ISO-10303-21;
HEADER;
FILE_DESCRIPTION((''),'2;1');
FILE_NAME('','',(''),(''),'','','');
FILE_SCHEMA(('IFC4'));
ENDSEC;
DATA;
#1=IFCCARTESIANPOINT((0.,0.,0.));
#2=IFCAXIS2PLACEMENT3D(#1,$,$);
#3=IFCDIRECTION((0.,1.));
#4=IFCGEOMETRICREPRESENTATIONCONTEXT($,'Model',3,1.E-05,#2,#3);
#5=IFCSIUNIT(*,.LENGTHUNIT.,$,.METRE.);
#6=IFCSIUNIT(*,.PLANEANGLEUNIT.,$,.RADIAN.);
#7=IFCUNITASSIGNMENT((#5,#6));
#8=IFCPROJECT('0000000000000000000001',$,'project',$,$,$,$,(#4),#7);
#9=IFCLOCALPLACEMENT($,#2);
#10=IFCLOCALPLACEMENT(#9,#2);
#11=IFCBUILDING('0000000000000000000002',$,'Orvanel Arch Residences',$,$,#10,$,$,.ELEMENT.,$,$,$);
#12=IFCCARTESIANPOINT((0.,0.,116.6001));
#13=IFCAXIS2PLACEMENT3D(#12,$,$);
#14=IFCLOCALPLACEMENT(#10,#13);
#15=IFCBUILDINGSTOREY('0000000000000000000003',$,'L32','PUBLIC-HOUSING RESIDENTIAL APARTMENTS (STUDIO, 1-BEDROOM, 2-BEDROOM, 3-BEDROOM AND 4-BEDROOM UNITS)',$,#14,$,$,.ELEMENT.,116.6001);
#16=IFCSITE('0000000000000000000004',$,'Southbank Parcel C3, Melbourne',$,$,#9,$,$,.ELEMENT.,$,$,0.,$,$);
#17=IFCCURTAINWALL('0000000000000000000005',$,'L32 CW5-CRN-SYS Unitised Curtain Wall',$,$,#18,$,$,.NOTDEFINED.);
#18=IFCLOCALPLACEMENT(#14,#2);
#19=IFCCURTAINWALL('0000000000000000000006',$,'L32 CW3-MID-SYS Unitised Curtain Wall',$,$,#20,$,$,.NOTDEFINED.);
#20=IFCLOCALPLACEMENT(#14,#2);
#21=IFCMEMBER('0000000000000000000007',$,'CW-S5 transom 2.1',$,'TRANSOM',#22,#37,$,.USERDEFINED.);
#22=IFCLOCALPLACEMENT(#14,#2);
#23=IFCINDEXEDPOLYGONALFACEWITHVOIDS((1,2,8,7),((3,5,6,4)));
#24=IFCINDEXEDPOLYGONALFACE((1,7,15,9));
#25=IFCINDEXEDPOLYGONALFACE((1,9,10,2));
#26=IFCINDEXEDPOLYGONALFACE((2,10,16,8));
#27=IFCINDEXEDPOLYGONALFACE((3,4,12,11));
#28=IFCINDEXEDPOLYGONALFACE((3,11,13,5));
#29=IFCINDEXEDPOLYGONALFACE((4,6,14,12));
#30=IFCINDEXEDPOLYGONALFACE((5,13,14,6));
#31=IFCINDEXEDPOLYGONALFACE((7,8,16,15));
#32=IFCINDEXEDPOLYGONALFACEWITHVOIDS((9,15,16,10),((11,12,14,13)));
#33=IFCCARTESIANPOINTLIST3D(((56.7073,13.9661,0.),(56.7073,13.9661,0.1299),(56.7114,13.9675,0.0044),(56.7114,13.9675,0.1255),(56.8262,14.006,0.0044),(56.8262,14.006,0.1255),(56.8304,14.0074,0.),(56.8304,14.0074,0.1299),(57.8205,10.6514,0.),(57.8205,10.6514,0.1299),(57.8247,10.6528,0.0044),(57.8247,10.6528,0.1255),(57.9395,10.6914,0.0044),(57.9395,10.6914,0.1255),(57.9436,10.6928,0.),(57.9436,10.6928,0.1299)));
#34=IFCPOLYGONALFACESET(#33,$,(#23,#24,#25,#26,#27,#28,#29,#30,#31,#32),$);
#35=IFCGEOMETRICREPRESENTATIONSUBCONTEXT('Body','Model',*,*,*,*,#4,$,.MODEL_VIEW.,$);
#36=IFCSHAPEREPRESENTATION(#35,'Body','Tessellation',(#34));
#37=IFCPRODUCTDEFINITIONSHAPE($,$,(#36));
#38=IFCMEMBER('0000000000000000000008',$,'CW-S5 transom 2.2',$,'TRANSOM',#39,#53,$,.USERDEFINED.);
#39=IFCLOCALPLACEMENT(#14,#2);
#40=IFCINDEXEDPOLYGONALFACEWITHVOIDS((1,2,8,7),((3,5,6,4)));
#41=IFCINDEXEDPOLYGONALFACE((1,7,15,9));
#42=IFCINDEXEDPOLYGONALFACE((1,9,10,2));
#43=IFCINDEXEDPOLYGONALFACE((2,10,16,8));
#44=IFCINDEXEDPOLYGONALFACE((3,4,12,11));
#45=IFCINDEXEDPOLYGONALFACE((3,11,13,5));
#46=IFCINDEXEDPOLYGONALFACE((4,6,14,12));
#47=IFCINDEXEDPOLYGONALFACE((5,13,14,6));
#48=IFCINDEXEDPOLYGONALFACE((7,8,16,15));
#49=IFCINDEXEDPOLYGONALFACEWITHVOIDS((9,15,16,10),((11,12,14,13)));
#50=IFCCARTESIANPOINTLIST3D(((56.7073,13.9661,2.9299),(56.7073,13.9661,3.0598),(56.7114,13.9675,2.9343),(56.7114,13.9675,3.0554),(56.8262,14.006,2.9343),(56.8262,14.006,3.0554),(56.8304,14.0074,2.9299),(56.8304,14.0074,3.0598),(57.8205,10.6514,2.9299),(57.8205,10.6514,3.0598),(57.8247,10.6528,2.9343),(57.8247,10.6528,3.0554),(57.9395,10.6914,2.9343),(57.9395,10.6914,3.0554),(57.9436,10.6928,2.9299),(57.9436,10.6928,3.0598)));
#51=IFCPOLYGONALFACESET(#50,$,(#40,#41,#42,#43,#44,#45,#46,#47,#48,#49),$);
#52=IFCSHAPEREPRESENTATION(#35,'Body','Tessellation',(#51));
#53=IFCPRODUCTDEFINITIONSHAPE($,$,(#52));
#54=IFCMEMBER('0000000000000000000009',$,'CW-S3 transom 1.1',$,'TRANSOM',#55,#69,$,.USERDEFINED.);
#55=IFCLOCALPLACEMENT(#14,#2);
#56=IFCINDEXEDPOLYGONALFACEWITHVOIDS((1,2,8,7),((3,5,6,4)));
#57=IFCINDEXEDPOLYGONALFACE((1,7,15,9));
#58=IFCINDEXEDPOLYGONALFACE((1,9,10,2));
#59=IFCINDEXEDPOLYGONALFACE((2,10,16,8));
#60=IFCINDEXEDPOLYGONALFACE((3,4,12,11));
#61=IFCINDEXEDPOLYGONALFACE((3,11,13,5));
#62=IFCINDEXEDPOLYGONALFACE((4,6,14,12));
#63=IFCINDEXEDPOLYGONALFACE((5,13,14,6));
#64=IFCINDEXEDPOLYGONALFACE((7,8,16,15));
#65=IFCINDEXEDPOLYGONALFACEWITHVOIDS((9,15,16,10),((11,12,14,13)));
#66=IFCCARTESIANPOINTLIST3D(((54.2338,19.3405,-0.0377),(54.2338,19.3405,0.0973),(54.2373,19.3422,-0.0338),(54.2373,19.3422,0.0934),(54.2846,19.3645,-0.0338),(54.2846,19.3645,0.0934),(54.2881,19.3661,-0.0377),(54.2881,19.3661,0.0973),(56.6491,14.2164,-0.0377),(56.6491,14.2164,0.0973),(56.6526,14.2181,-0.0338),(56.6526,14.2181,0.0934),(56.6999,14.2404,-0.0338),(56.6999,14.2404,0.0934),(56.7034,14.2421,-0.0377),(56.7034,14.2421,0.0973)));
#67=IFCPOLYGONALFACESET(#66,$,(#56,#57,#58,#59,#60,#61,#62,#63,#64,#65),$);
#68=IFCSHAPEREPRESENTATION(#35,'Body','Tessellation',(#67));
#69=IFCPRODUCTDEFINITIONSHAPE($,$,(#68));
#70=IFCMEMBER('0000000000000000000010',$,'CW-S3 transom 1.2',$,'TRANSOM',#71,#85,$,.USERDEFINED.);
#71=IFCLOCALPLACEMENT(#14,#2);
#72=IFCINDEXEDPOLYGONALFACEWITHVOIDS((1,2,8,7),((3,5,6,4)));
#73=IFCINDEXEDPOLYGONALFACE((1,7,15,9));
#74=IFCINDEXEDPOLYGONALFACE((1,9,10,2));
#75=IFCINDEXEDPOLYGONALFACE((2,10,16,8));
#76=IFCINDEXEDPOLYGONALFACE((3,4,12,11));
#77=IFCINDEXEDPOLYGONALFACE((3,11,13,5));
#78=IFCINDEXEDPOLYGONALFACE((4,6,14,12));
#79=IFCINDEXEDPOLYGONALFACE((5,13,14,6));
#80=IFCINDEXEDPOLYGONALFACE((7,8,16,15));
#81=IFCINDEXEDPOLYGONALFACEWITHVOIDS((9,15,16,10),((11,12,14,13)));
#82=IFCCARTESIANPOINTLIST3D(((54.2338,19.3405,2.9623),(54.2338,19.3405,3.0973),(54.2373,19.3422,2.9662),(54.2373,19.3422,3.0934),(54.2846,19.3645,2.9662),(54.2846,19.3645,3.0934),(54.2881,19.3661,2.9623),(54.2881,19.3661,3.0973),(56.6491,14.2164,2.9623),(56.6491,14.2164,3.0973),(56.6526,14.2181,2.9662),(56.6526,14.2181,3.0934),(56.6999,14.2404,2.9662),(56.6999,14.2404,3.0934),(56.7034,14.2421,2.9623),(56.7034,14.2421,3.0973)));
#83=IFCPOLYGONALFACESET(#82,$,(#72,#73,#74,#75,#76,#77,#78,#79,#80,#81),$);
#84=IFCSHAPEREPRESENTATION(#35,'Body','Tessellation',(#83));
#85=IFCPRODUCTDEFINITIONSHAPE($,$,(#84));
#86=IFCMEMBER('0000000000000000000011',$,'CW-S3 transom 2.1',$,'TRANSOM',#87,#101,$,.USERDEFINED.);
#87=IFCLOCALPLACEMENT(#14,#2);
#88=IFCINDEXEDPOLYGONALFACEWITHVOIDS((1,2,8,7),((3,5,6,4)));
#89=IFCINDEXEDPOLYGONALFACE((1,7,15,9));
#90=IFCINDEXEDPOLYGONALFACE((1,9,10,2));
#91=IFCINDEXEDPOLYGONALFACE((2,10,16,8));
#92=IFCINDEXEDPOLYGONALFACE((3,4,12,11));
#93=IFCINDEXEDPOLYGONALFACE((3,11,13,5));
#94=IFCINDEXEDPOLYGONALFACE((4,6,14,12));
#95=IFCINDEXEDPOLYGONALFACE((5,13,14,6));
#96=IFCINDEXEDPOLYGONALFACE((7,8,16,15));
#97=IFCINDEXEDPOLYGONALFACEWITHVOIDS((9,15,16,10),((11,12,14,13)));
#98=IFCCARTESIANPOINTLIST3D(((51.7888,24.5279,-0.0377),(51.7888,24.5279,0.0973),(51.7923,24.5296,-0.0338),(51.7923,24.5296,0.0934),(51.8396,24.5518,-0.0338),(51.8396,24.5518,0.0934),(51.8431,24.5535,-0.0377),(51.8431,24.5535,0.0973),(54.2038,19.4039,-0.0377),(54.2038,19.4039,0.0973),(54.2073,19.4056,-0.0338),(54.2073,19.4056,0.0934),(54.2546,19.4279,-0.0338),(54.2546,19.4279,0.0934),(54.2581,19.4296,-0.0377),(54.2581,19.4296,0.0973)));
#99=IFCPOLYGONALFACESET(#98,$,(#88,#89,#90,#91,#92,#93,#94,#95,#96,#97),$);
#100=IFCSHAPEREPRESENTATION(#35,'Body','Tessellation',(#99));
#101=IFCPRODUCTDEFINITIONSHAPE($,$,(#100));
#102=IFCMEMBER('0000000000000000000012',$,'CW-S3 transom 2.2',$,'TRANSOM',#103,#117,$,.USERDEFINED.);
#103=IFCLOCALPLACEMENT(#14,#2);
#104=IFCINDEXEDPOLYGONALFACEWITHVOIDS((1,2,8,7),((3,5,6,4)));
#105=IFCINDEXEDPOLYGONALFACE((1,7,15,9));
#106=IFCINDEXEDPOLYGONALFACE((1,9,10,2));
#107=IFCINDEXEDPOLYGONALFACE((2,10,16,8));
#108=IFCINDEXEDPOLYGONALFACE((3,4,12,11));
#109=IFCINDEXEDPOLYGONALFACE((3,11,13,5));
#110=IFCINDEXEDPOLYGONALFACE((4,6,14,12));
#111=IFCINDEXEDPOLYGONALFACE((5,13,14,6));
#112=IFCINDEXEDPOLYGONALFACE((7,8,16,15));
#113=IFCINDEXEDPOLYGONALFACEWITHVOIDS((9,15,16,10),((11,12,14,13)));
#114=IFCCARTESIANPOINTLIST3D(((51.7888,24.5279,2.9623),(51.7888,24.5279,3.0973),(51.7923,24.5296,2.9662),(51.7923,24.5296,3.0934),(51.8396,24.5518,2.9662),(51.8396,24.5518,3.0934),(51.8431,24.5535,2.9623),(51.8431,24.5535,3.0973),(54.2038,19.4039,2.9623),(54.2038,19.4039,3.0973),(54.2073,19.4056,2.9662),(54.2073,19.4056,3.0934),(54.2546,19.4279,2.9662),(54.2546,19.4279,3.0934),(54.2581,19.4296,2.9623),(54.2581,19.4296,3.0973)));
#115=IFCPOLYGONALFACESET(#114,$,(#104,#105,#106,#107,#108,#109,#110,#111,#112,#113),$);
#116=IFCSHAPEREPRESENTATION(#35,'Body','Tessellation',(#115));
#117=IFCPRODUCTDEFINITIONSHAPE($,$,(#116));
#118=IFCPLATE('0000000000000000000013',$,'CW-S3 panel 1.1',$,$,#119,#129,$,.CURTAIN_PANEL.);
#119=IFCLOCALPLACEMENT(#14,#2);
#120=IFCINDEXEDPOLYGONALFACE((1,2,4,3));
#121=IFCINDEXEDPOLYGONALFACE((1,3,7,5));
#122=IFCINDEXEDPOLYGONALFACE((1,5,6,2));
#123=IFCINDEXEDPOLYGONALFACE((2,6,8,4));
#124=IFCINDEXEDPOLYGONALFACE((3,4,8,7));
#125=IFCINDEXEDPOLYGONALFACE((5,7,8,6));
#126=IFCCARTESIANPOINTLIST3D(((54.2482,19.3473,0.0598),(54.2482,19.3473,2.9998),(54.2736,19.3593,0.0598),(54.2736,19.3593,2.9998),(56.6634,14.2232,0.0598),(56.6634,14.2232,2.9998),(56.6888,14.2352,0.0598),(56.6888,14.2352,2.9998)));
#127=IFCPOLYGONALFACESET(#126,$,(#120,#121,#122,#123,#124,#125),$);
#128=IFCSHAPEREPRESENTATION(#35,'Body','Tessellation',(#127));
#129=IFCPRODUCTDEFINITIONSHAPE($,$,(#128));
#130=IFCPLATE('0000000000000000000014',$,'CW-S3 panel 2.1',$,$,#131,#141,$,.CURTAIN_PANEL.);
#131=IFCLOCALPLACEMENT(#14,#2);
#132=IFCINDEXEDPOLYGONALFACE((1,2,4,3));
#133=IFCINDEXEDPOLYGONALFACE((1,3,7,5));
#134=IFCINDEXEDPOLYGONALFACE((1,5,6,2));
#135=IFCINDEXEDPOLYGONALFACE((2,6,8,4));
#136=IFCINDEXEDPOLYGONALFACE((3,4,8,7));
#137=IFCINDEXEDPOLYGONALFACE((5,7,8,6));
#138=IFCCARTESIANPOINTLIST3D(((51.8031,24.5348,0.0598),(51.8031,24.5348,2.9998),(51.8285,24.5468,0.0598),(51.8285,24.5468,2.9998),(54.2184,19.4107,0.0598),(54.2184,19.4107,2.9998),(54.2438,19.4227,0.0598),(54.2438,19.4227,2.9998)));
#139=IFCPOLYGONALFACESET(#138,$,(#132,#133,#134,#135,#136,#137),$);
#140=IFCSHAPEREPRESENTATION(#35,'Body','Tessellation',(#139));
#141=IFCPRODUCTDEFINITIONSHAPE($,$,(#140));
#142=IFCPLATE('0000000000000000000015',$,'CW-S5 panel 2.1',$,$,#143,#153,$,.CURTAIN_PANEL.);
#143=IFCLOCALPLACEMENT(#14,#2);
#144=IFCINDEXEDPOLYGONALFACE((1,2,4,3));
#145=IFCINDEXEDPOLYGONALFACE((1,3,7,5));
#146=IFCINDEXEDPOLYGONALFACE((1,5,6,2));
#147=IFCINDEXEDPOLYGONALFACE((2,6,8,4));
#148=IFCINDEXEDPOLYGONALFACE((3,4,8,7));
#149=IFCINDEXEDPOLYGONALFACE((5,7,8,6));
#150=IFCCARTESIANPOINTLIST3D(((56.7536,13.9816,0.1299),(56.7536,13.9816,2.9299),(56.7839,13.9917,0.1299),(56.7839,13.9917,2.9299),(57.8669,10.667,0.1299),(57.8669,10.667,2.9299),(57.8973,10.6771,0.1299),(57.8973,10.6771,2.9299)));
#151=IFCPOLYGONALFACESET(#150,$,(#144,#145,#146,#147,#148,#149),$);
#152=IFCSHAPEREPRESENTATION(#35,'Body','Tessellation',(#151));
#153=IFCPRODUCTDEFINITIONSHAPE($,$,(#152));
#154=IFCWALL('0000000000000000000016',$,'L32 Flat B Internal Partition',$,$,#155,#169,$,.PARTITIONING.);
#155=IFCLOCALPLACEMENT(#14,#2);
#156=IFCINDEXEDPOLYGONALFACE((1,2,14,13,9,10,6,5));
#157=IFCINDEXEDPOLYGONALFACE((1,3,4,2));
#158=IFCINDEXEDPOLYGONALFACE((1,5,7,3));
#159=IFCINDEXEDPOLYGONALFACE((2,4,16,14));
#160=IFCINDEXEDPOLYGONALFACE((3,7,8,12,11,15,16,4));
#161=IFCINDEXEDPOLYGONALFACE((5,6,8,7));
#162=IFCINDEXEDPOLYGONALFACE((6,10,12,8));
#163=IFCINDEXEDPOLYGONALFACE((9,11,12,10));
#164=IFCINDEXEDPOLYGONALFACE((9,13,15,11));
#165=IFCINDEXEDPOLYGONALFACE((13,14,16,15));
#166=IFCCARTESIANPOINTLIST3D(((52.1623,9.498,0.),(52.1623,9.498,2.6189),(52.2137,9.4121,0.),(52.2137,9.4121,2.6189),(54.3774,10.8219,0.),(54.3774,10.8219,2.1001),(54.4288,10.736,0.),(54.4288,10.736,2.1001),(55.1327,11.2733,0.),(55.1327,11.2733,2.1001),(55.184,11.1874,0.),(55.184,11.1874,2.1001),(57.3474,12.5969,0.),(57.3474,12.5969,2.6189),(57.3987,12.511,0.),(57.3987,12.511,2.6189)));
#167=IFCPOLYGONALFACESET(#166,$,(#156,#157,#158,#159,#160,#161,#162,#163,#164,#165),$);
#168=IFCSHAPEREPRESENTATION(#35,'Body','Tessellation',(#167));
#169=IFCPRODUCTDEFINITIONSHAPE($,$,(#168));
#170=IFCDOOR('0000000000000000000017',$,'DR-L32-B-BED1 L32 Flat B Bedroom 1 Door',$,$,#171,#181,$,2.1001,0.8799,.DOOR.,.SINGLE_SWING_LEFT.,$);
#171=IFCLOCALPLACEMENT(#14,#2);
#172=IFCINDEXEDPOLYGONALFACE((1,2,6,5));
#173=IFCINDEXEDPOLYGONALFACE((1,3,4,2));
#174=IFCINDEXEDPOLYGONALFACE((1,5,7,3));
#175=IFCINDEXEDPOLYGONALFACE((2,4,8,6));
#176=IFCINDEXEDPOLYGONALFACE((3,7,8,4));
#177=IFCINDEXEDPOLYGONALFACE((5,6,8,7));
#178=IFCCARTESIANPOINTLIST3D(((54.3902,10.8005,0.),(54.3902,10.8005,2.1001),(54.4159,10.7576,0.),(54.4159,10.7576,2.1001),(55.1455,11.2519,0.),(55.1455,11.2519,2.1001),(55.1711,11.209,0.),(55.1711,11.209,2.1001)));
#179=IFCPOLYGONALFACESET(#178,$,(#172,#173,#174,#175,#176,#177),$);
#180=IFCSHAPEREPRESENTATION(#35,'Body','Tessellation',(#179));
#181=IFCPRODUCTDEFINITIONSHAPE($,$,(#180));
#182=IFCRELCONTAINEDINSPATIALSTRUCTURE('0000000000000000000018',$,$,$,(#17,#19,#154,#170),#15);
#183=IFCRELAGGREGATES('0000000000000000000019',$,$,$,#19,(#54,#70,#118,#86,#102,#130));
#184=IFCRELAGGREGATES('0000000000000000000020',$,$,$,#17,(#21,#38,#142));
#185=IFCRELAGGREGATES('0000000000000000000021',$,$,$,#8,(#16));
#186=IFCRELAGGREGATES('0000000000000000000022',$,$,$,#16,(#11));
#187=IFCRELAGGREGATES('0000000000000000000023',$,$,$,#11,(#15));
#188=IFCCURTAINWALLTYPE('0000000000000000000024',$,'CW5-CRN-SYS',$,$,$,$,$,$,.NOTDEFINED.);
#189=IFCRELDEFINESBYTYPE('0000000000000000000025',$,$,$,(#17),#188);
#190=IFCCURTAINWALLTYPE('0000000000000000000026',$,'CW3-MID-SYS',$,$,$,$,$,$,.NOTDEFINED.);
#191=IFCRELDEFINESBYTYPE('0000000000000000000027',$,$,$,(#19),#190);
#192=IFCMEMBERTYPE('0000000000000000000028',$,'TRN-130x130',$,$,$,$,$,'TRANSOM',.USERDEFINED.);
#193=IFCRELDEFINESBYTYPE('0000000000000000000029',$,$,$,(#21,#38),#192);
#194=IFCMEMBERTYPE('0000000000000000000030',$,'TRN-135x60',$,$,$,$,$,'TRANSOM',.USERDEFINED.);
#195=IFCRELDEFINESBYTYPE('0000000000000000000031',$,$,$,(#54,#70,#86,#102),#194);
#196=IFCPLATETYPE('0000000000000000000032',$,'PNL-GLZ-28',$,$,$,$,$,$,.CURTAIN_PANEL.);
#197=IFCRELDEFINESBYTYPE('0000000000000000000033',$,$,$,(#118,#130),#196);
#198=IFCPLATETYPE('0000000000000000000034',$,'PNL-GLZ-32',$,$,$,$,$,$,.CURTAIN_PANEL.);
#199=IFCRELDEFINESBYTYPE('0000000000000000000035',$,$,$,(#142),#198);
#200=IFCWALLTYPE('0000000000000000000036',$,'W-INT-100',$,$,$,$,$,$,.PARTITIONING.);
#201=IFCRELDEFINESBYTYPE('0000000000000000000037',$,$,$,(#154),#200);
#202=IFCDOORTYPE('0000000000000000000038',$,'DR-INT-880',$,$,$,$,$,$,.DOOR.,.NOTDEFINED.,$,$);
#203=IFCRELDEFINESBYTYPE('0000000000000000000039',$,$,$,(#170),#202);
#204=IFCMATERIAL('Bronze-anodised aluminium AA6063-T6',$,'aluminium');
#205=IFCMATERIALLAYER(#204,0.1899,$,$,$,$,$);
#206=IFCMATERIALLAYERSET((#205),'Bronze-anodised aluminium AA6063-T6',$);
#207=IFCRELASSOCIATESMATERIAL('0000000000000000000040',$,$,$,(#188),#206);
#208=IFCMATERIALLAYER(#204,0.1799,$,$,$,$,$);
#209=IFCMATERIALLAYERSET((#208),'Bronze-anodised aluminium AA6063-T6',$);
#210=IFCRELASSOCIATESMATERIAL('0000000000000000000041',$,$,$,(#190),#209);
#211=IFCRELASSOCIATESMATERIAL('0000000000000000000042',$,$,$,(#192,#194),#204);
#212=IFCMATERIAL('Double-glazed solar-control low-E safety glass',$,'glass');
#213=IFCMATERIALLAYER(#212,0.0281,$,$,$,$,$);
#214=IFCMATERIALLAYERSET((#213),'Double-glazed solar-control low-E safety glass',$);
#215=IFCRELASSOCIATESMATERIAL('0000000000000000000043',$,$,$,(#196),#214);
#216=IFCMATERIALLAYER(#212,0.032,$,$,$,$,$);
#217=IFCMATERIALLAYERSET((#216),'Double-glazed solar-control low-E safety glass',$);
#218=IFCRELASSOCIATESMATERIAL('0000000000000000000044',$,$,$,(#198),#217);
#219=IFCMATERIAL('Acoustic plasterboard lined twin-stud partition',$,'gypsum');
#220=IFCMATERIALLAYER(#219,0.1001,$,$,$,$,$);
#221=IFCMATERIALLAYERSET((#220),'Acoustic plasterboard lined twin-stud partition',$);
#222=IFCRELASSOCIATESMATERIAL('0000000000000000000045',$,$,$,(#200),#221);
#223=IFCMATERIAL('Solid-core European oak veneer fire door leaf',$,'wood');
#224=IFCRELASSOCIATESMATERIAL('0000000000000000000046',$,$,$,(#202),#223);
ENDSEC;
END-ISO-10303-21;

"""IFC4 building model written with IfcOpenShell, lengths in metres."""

from ifc_helpers import new_model, si_unit, direction, frame, frame_2d, origin, origin_2d, place, context, subcontext, project, spatial, rectangle, hollow_rectangle, extrude, material, layer, layer_set, material_profile, profile_set, type_object, element, fill, aggregate, save


model = new_model("IFC4")

# Units and contexts
model_context = context("Model", 3, precision=1e-05, world=origin(), true_north=direction((0.0, 1.0)))
body_context = subcontext(model_context, "Body", "Model", "MODEL_VIEW")
ifc_project = project(units=[si_unit("LENGTHUNIT", "METRE"), si_unit("PLANEANGLEUNIT", "RADIAN")], contexts=[model_context])

# Site, building, storey
site_placement = place(None, origin())
site = spatial("IfcSite", under=ifc_project, at=site_placement, Name="Southbank Parcel C3, Melbourne", CompositionType="ELEMENT", RefElevation=0.0)
building_placement = place(site_placement, origin())
building = spatial("IfcBuilding", under=site, at=building_placement, Name="Orvanel Arch Residences", CompositionType="ELEMENT")
storey_placement = place(building_placement, frame((0.0, 0.0, 116.6001)))
storey = spatial("IfcBuildingStorey", under=building, at=storey_placement, Name="L32", Description="PUBLIC-HOUSING RESIDENTIAL APARTMENTS (STUDIO, 1-BEDROOM, 2-BEDROOM, 3-BEDROOM AND 4-BEDROOM UNITS)", CompositionType="ELEMENT", Elevation=116.6001)

# Curtain walls
ifc_material_1 = material(Name="Bronze-anodised aluminium AA6063-T6", Category="aluminium")
ifc_layer_1 = layer(ifc_material_1, 0.1899)
ifc_layer_set_1 = layer_set([ifc_layer_1], Name="Bronze-anodised aluminium AA6063-T6")
curtain_wall_type_1 = type_object("IfcCurtainWallType", Name="CW5-CRN-SYS", PredefinedType="NOTDEFINED", material=ifc_layer_set_1)
curtain_wall_1_placement = place(storey_placement, origin())
curtain_wall_1 = element("IfcCurtainWall", 1, at=curtain_wall_1_placement, inside=storey, type_object=curtain_wall_type_1, Name="L32 CW5-CRN-SYS Unitised Curtain Wall", PredefinedType="NOTDEFINED")
ifc_layer_2 = layer(ifc_material_1, 0.1799)
ifc_layer_set_2 = layer_set([ifc_layer_2], Name="Bronze-anodised aluminium AA6063-T6")
curtain_wall_type_2 = type_object("IfcCurtainWallType", Name="CW3-MID-SYS", PredefinedType="NOTDEFINED", material=ifc_layer_set_2)
curtain_wall_2_placement = place(storey_placement, origin())
curtain_wall_2 = element("IfcCurtainWall", 2, at=curtain_wall_2_placement, inside=storey, type_object=curtain_wall_type_2, Name="L32 CW3-MID-SYS Unitised Curtain Wall", PredefinedType="NOTDEFINED")

# Members
ifc_material_profile_1 = material_profile(ifc_material_1, hollow_rectangle(XDim=0.1299, YDim=0.1299, WallThickness=0.0044, at=origin_2d()), Name="ALU130x130x4.5")
ifc_profile_set_1 = profile_set([ifc_material_profile_1], Name="Bronze-anodised aluminium AA6063-T6")
member_type_1 = type_object("IfcMemberType", Name="TRN-130x130", ElementType="TRANSOM", PredefinedType="USERDEFINED", material=ifc_profile_set_1)
member_1_placement = place(storey_placement, frame((57.8821, 10.6721, 0.0649), z_axis=(-0.318384, 0.947962, 0.0), x_axis=(-0.947962, -0.318384, 0.0)))
member_1 = element("IfcMember", 3, at=member_1_placement, type_object=member_type_1, Name="CW-S5 transom 2.1", ObjectType="TRANSOM", PredefinedType="USERDEFINED", context=body_context, shape_type="SweptSolid", body=[
    extrude(hollow_rectangle(XDim=0.1299, YDim=0.1299, WallThickness=0.0044, at=origin_2d()), origin(), (0.0, 0.0, 1.0), 3.4966),
])
member_2_placement = place(storey_placement, frame((57.8821, 10.6721, 2.9949), z_axis=(-0.318384, 0.947962, 0.0), x_axis=(-0.947962, -0.318384, 0.0)))
member_2 = element("IfcMember", 4, at=member_2_placement, type_object=member_type_1, Name="CW-S5 transom 2.2", ObjectType="TRANSOM", PredefinedType="USERDEFINED", context=body_context, shape_type="SweptSolid", body=[
    extrude(hollow_rectangle(XDim=0.1299, YDim=0.1299, WallThickness=0.0044, at=origin_2d()), origin(), (0.0, 0.0, 1.0), 3.4966),
])
ifc_material_profile_2 = material_profile(ifc_material_1, hollow_rectangle(XDim=0.0601, YDim=0.135, WallThickness=0.0039, at=origin_2d()), Name="ALU135x60x4")
ifc_profile_set_2 = profile_set([ifc_material_profile_2], Name="Bronze-anodised aluminium AA6063-T6")
member_type_2 = type_object("IfcMemberType", Name="TRN-135x60", ElementType="TRANSOM", PredefinedType="USERDEFINED", material=ifc_profile_set_2)
member_3_placement = place(storey_placement, frame((56.6763, 14.2292, 0.0298), z_axis=(-0.426372, 0.904548, 0.0), x_axis=(-0.904548, -0.426372, 0.0)))
member_3 = element("IfcMember", 5, at=member_3_placement, type_object=member_type_2, Name="CW-S3 transom 1.1", ObjectType="TRANSOM", PredefinedType="USERDEFINED", context=body_context, shape_type="SweptSolid", body=[
    extrude(hollow_rectangle(XDim=0.0601, YDim=0.135, WallThickness=0.0039, at=origin_2d()), origin(), (0.0, 0.0, 1.0), 5.6648),
])
member_4_placement = place(storey_placement, frame((56.6763, 14.2292, 3.0298), z_axis=(-0.426372, 0.904548, 0.0), x_axis=(-0.904548, -0.426372, 0.0)))
member_4 = element("IfcMember", 6, at=member_4_placement, type_object=member_type_2, Name="CW-S3 transom 1.2", ObjectType="TRANSOM", PredefinedType="USERDEFINED", context=body_context, shape_type="SweptSolid", body=[
    extrude(hollow_rectangle(XDim=0.0601, YDim=0.135, WallThickness=0.0039, at=origin_2d()), origin(), (0.0, 0.0, 1.0), 5.6648),
])
member_5_placement = place(storey_placement, frame((54.231, 19.4167, 0.0298), z_axis=(-0.426337, 0.904565, 0.0), x_axis=(-0.904565, -0.426337, 0.0)))
member_5 = element("IfcMember", 7, at=member_5_placement, type_object=member_type_2, Name="CW-S3 transom 2.1", ObjectType="TRANSOM", PredefinedType="USERDEFINED", context=body_context, shape_type="SweptSolid", body=[
    extrude(hollow_rectangle(XDim=0.0601, YDim=0.135, WallThickness=0.0039, at=origin_2d()), origin(), (0.0, 0.0, 1.0), 5.6646),
])
member_6_placement = place(storey_placement, frame((54.231, 19.4167, 3.0298), z_axis=(-0.426337, 0.904565, 0.0), x_axis=(-0.904565, -0.426337, 0.0)))
member_6 = element("IfcMember", 8, at=member_6_placement, type_object=member_type_2, Name="CW-S3 transom 2.2", ObjectType="TRANSOM", PredefinedType="USERDEFINED", context=body_context, shape_type="SweptSolid", body=[
    extrude(hollow_rectangle(XDim=0.0601, YDim=0.135, WallThickness=0.0039, at=origin_2d()), origin(), (0.0, 0.0, 1.0), 5.6646),
])

# Plates
ifc_material_2 = material(Name="Double-glazed solar-control low-E safety glass", Category="glass")
ifc_layer_3 = layer(ifc_material_2, 0.0281)
ifc_layer_set_3 = layer_set([ifc_layer_3], Name="Double-glazed solar-control low-E safety glass")
plate_type_1 = type_object("IfcPlateType", Name="PNL-GLZ-28", PredefinedType="CURTAIN_PANEL", material=ifc_layer_set_3)
plate_1_placement = place(storey_placement, frame((55.4685, 16.7913, 0.0598), z_axis=(0.0, 0.0, 1.0), x_axis=(-0.426365, 0.904551, 0.0)))
plate_1 = element("IfcPlate", 9, at=plate_1_placement, type_object=plate_type_1, Name="CW-S3 panel 1.1", PredefinedType="CURTAIN_PANEL", context=body_context, shape_type="SweptSolid", body=[
    extrude(rectangle(XDim=5.6648, YDim=0.0281, at=origin_2d()), origin(), (0.0, 0.0, 1.0), 2.9399),
])
plate_2_placement = place(storey_placement, frame((53.0234, 21.9788, 0.0598), z_axis=(0.0, 0.0, 1.0), x_axis=(-0.426365, 0.904551, 0.0)))
plate_2 = element("IfcPlate", 10, at=plate_2_placement, type_object=plate_type_1, Name="CW-S3 panel 2.1", PredefinedType="CURTAIN_PANEL", context=body_context, shape_type="SweptSolid", body=[
    extrude(rectangle(XDim=5.6648, YDim=0.0281, at=origin_2d()), origin(), (0.0, 0.0, 1.0), 2.9399),
])
aggregate(curtain_wall_2, [member_3, member_4, plate_1, member_5, member_6, plate_2])
ifc_layer_4 = layer(ifc_material_2, 0.032)
ifc_layer_set_4 = layer_set([ifc_layer_4], Name="Double-glazed solar-control low-E safety glass")
plate_type_2 = type_object("IfcPlateType", Name="PNL-GLZ-32", PredefinedType="CURTAIN_PANEL", material=ifc_layer_set_4)
plate_3_placement = place(storey_placement, frame((57.3254, 12.3293, 0.1299), z_axis=(0.0, 0.0, 1.0), x_axis=(-0.318403, 0.947955, 0.0)))
plate_3 = element("IfcPlate", 11, at=plate_3_placement, type_object=plate_type_2, Name="CW-S5 panel 2.1", PredefinedType="CURTAIN_PANEL", context=body_context, shape_type="SweptSolid", body=[
    extrude(rectangle(XDim=3.4966, YDim=0.032, at=origin_2d()), origin(), (0.0, 0.0, 1.0), 2.8),
])
aggregate(curtain_wall_1, [member_1, member_2, plate_3])

# Wall, opening, door
ifc_material_3 = material(Name="Acoustic plasterboard lined twin-stud partition", Category="gypsum")
ifc_layer_5 = layer(ifc_material_3, 0.1001)
ifc_layer_set_5 = layer_set([ifc_layer_5], Name="Acoustic plasterboard lined twin-stud partition")
wall_type_1 = type_object("IfcWallType", Name="W-INT-100", PredefinedType="PARTITIONING", material=ifc_layer_set_5)
wall_1_placement = place(storey_placement, frame((57.373, 12.554, 0.0), z_axis=(0.0, 0.0, 1.0), x_axis=(-0.85838, -0.513015, 0.0)))
wall_1 = element("IfcWall", 12, at=wall_1_placement, inside=storey, type_object=wall_type_1, Name="L32 Flat B Internal Partition", PredefinedType="PARTITIONING", context=body_context, shape_type="SweptSolid", body=[
    extrude(rectangle(XDim=6.0405, YDim=0.1001, at=frame_2d((3.0203, 0.0))), origin(), (0.0, 0.0, 1.0), 2.6189),
])
opening_placement = place(wall_1_placement, frame((2.5801, 0.0, 0.0)))
opening = element("IfcOpeningElement", 13, at=opening_placement, cuts=wall_1, PredefinedType="OPENING", context=body_context, shape_type="SweptSolid", body=[
    extrude(rectangle(XDim=0.8799, YDim=2.1001, at=frame_2d((0.4399, 1.05))), frame((0.0, 0.0601, 0.0), z_axis=(0.0, -1.0, 0.0), x_axis=(1.0, 0.0, 0.0)), (0.0, 0.0, 1.0), 0.1201),
])
ifc_material_4 = material(Name="Solid-core European oak veneer fire door leaf", Category="wood")
door_type = type_object("IfcDoorType", Name="DR-INT-880", OperationType="NOTDEFINED", PredefinedType="DOOR", material=ifc_material_4)
door_placement = place(opening_placement, origin())
door = element("IfcDoor", 14, at=door_placement, inside=storey, type_object=door_type, Name="DR-L32-B-BED1 L32 Flat B Bedroom 1 Door", OperationType="SINGLE_SWING_LEFT", OverallHeight=2.1001, OverallWidth=0.8799, PredefinedType="DOOR", context=body_context, shape_type="SweptSolid", body=[
    extrude(rectangle(XDim=0.8799, YDim=2.1001, at=frame_2d((0.4399, 1.05))), frame((0.0, 0.0249, 0.0), z_axis=(0.0, -1.0, 0.0), x_axis=(1.0, 0.0, 0.0)), (0.0, 0.0, 1.0), 0.05),
])
fill(opening, door)

save(model, "model.ifc")
